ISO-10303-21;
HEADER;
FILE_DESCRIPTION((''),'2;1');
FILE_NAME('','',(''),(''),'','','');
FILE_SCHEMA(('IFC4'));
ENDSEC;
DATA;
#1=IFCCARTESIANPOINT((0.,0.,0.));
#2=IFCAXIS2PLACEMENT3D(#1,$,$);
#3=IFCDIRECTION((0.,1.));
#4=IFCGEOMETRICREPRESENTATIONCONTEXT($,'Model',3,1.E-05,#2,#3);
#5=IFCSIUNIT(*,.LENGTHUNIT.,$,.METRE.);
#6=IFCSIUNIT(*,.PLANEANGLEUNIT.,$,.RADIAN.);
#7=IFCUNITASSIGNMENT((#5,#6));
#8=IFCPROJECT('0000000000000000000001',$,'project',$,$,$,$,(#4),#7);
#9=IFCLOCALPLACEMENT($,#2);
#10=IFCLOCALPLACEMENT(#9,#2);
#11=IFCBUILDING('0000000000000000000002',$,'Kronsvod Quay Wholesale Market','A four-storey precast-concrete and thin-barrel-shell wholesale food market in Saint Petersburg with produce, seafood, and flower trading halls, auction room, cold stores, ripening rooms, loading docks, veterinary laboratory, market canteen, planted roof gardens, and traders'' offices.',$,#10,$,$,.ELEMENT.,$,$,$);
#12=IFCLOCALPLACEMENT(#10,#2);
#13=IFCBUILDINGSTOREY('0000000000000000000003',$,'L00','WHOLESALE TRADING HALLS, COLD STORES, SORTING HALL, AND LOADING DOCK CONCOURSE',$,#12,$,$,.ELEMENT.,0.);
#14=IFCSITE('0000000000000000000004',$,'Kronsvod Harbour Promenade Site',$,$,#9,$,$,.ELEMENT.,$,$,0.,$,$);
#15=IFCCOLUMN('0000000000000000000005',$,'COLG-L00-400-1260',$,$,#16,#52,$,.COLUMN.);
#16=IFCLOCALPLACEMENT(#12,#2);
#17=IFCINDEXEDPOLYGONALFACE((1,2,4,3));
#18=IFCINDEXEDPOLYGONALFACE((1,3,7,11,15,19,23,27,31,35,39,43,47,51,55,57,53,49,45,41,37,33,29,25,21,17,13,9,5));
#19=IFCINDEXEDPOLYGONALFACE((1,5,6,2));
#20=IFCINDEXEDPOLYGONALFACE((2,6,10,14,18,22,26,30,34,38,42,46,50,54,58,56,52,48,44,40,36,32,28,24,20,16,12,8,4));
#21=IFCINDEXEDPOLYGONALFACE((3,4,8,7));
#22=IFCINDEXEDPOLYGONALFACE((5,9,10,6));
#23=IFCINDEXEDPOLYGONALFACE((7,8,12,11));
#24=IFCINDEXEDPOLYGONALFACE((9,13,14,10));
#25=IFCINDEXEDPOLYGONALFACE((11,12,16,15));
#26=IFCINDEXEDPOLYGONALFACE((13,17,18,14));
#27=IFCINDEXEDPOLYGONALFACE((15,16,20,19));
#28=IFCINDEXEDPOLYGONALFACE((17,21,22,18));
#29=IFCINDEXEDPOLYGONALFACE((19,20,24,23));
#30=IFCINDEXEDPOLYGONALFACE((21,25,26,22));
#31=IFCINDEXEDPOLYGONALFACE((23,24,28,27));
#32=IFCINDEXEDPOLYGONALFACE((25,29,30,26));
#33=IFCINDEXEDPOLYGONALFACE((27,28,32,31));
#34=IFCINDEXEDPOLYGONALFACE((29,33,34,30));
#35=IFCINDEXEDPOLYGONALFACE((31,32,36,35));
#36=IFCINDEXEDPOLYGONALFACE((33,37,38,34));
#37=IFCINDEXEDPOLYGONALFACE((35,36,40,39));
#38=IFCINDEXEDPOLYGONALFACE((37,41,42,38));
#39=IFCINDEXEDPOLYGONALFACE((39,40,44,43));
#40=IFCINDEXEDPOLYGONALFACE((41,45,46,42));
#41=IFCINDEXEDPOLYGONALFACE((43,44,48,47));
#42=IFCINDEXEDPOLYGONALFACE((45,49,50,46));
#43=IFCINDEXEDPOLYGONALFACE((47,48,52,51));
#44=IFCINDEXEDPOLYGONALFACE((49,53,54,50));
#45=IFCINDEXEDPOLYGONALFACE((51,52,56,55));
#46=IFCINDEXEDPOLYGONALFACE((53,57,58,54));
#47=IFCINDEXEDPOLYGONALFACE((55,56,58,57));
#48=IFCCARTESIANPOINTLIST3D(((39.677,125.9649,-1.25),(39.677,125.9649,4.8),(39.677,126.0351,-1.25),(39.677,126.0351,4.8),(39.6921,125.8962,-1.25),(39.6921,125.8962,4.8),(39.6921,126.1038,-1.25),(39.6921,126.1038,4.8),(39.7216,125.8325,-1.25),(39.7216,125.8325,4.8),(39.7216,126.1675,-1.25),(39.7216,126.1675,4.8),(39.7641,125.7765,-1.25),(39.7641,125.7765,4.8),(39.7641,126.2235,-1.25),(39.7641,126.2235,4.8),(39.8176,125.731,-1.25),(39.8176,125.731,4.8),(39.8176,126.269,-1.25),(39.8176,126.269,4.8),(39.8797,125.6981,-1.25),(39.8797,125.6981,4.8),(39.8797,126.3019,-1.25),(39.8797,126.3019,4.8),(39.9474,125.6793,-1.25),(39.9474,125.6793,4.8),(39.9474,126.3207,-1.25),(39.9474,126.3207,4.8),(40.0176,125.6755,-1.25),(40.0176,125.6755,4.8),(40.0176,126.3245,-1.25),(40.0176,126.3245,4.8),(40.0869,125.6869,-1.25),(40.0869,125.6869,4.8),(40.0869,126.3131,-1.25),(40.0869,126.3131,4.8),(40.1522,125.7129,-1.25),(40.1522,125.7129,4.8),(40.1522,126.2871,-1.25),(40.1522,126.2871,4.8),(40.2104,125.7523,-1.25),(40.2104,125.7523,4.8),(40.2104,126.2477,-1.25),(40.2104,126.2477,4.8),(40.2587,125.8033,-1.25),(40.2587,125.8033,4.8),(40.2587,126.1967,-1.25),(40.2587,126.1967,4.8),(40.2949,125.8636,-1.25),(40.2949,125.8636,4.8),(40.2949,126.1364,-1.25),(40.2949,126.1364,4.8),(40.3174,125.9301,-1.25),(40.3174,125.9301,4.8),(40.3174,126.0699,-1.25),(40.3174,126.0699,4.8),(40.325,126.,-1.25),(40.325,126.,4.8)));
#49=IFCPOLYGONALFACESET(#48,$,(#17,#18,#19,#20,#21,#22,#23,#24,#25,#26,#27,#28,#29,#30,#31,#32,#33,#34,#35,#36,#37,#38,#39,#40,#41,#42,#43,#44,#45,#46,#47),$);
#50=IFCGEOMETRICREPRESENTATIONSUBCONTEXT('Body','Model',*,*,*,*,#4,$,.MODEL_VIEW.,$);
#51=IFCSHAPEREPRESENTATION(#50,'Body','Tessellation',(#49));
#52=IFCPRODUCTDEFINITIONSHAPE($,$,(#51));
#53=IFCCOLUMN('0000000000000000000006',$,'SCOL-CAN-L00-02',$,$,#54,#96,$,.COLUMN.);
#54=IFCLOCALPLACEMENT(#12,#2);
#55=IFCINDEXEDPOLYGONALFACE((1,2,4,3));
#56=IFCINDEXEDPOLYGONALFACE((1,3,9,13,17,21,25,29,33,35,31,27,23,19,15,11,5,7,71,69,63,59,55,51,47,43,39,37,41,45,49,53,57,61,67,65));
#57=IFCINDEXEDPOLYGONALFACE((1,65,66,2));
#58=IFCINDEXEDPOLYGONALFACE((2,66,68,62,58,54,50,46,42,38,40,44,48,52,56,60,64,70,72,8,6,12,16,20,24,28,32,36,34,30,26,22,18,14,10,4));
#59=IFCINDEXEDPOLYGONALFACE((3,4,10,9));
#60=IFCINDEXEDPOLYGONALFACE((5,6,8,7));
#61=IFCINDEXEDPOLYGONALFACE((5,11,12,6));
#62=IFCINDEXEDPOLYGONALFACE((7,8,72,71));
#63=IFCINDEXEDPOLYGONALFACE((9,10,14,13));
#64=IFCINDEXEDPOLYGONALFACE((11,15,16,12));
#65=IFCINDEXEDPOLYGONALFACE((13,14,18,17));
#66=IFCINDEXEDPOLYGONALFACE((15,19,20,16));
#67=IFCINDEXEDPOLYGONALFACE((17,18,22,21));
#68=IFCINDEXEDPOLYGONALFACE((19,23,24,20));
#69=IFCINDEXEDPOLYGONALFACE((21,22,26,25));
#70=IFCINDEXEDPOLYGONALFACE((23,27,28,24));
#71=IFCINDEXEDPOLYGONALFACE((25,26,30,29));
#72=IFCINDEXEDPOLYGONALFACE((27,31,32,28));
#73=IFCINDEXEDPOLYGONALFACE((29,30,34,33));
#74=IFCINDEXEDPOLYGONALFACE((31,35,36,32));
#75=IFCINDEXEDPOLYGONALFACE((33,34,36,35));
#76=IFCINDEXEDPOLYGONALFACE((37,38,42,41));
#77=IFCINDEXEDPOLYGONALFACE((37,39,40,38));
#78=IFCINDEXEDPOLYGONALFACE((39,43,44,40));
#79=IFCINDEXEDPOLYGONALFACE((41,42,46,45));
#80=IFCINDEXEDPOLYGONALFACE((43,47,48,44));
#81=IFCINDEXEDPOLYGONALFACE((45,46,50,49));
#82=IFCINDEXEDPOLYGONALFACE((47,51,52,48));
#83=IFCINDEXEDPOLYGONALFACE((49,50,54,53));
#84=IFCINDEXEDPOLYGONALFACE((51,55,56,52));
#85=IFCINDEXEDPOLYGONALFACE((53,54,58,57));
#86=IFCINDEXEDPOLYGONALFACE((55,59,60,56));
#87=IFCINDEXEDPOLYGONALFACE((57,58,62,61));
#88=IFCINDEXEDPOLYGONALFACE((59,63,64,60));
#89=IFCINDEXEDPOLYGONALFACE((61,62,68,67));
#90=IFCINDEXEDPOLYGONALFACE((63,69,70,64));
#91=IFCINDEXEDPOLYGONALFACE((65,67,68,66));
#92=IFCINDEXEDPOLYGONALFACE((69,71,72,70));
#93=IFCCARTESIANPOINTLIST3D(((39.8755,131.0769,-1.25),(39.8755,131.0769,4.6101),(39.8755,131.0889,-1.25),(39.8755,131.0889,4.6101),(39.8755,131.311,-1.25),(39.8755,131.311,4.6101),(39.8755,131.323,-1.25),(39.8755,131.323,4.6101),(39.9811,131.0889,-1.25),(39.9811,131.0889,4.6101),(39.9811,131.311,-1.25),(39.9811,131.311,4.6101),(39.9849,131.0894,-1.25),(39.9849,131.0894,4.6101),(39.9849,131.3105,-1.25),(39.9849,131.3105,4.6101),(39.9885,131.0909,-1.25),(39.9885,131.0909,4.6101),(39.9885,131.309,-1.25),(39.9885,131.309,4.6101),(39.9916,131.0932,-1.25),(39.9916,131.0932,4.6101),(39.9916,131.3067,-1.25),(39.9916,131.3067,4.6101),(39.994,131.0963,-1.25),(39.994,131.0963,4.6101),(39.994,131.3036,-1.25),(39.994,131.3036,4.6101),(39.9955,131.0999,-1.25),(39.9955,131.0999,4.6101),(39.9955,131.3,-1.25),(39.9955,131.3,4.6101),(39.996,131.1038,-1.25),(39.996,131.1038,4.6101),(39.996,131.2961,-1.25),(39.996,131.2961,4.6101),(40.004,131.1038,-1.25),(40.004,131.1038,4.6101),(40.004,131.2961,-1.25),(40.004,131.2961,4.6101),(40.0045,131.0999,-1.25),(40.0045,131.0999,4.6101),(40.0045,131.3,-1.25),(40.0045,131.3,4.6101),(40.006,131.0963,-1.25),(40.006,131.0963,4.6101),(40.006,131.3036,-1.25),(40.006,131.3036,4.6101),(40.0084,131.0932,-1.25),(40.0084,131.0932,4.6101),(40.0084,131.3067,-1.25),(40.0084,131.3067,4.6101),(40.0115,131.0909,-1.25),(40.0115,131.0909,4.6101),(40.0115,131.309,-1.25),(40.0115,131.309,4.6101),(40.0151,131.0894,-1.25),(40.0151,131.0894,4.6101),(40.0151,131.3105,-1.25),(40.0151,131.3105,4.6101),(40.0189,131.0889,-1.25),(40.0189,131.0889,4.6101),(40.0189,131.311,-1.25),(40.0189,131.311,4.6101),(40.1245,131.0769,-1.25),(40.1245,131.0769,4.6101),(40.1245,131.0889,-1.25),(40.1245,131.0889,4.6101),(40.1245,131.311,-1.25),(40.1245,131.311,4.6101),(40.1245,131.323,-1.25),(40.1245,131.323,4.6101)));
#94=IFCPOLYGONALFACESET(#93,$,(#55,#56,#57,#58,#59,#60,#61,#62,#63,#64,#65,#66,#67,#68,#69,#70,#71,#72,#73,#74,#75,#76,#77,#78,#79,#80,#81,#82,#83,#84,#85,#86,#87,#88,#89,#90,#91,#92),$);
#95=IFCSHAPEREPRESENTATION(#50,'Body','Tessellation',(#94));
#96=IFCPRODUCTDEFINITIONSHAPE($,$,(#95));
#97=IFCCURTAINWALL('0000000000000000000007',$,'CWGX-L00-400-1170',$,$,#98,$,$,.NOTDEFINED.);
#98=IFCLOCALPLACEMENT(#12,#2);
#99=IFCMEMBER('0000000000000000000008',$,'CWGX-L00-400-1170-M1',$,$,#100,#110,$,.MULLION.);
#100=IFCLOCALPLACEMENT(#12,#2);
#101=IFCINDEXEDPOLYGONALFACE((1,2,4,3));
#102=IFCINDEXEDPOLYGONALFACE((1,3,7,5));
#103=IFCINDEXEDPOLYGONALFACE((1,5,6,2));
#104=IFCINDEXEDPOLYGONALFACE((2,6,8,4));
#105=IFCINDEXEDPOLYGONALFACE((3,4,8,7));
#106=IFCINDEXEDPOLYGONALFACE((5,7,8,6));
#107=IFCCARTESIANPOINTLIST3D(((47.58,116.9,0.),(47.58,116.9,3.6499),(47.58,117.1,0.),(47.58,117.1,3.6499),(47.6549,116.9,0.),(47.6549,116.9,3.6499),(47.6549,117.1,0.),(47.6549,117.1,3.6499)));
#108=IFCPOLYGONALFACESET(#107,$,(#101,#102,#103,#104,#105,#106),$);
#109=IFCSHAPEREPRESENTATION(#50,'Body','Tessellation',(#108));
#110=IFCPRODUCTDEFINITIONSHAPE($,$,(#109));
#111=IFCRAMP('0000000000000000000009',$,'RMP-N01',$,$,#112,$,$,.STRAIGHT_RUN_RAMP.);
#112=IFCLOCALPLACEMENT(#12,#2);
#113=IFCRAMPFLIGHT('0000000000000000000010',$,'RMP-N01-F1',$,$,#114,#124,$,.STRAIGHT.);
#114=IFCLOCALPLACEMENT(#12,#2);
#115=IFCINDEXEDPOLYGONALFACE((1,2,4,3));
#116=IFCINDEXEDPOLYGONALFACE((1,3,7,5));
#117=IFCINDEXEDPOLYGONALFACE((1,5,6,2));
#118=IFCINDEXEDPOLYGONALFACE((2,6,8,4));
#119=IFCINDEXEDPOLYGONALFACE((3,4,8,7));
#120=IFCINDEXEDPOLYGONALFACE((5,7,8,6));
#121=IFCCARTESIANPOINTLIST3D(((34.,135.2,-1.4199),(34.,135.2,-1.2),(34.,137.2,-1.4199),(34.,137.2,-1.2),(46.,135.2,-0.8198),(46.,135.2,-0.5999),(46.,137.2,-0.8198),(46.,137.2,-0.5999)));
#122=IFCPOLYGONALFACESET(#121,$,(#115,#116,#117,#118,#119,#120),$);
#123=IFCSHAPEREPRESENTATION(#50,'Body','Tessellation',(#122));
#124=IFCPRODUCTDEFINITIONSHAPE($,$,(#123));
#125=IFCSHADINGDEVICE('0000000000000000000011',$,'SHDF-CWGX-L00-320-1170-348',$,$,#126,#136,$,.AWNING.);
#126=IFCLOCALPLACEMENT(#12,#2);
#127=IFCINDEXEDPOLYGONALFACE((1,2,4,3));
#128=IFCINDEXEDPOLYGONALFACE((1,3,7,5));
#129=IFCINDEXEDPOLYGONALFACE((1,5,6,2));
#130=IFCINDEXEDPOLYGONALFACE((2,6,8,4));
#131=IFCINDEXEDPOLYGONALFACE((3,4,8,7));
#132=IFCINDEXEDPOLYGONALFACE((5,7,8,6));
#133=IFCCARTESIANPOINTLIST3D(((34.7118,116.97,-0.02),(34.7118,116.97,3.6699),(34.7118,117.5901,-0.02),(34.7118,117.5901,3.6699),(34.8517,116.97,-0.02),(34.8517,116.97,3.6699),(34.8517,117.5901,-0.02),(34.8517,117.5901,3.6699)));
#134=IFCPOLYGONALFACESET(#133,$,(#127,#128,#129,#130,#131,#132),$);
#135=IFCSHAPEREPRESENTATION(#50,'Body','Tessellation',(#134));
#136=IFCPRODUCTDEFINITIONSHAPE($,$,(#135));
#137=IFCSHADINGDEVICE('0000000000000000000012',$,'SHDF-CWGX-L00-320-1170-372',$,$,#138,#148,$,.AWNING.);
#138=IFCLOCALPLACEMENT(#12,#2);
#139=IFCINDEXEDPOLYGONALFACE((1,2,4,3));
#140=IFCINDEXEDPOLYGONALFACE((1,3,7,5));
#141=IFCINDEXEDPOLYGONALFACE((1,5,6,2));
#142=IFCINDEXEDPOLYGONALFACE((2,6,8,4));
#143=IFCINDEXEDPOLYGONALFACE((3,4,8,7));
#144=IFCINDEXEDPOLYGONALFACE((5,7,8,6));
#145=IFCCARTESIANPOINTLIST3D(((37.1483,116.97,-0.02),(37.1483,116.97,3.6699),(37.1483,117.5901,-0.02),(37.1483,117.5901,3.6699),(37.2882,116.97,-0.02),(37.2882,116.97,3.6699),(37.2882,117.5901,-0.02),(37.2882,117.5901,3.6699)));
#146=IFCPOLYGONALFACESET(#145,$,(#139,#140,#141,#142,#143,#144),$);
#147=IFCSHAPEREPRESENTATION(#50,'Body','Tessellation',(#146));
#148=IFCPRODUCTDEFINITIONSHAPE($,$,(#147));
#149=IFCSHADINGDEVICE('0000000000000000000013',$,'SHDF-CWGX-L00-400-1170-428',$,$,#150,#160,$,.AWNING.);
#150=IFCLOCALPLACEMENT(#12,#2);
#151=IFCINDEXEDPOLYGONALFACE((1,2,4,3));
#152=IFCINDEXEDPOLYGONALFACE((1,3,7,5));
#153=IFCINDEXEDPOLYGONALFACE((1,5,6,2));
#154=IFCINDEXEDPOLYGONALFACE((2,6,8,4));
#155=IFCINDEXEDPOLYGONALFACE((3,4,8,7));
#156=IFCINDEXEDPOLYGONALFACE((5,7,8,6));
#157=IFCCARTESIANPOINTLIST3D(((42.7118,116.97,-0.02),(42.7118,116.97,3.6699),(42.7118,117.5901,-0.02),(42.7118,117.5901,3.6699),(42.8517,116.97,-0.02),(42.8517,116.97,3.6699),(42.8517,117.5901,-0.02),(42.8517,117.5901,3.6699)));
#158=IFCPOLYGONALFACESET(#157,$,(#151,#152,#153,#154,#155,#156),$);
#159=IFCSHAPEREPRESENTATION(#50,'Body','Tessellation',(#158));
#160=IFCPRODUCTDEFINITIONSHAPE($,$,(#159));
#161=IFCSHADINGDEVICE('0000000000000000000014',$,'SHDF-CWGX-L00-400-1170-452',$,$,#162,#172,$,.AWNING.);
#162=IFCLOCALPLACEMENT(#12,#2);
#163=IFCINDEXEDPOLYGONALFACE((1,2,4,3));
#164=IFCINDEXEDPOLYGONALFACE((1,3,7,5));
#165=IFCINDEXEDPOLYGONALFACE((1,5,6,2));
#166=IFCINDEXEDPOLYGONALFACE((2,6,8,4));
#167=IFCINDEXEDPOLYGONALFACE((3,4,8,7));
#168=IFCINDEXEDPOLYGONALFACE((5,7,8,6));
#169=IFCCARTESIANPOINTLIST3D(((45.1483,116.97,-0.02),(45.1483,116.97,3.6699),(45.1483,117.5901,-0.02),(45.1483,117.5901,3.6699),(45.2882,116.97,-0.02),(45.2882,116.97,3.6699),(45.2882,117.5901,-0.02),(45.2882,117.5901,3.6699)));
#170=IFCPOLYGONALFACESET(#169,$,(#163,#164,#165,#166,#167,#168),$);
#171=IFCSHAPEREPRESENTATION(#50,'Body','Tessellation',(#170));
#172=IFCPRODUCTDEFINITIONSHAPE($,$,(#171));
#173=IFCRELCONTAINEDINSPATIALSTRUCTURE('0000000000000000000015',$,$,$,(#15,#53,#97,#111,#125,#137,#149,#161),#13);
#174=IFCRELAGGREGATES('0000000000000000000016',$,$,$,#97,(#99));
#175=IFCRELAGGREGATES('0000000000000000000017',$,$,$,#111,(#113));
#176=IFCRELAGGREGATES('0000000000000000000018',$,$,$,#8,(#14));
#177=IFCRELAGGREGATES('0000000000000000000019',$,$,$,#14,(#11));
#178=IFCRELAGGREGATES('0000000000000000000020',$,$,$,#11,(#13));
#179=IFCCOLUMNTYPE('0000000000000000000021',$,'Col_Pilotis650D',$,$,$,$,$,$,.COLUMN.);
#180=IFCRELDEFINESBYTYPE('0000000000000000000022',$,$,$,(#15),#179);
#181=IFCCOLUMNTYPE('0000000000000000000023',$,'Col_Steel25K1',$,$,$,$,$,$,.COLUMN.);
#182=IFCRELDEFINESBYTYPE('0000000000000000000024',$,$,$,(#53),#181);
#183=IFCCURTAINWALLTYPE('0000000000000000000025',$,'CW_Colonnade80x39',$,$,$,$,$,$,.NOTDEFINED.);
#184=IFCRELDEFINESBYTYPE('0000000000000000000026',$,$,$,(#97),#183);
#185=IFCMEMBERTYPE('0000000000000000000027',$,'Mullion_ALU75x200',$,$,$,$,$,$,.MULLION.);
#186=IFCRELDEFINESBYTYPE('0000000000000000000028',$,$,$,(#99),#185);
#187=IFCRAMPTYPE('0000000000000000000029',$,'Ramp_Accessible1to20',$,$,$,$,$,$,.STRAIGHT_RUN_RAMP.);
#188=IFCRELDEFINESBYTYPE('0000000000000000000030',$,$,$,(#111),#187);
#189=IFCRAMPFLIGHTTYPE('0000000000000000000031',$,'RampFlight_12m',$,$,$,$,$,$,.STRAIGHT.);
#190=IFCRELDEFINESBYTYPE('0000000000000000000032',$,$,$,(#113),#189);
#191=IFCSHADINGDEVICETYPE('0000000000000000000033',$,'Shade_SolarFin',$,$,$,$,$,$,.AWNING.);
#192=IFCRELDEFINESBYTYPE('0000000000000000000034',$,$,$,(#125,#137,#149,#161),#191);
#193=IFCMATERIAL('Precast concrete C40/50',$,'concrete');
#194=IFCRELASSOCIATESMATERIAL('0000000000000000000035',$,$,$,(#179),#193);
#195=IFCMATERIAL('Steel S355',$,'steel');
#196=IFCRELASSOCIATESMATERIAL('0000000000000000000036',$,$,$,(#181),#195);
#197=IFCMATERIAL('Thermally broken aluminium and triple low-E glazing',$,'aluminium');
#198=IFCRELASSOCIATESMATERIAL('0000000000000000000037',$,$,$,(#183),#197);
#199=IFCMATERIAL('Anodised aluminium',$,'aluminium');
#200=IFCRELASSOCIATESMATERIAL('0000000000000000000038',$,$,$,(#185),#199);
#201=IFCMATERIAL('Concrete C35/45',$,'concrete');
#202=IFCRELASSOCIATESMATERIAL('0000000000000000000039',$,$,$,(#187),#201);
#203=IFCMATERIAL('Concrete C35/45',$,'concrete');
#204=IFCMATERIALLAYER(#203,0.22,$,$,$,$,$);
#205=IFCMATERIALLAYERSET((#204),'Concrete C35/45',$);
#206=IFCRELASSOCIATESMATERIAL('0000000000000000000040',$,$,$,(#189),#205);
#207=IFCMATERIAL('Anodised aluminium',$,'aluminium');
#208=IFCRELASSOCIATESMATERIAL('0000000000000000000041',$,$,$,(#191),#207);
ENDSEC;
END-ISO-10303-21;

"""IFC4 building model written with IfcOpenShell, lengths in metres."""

from ifc_helpers import new_model, si_unit, direction, frame, origin, origin_2d, place, context, subcontext, project, spatial, polyline, rectangle, circle, i_section, outline, extrude, material, layer, layer_set, material_profile, profile_set, type_object, element, aggregate, save


model = new_model("IFC4")

# Units and contexts
model_context = context("Model", 3, precision=1e-05, world=origin(), true_north=direction((0.0, 1.0)))
body_context = subcontext(model_context, "Body", "Model", "MODEL_VIEW")
ifc_project = project(units=[si_unit("LENGTHUNIT", "METRE"), si_unit("PLANEANGLEUNIT", "RADIAN")], contexts=[model_context])

# Site, building, storey
site_placement = place(None, origin())
site = spatial("IfcSite", under=ifc_project, at=site_placement, Name="Kronsvod Harbour Promenade Site", CompositionType="ELEMENT", RefElevation=0.0)
building_placement = place(site_placement, origin())
building = spatial("IfcBuilding", under=site, at=building_placement, Name="Kronsvod Quay Wholesale Market", Description="A four-storey precast-concrete and thin-barrel-shell wholesale food market in Saint Petersburg with produce, seafood, and flower trading halls, auction room, cold stores, ripening rooms, loading docks, veterinary laboratory, market canteen, planted roof gardens, and traders' offices.", CompositionType="ELEMENT")
storey_placement = place(building_placement, origin())
storey = spatial("IfcBuildingStorey", under=building, at=storey_placement, Name="L00", Description="WHOLESALE TRADING HALLS, COLD STORES, SORTING HALL, AND LOADING DOCK CONCOURSE", CompositionType="ELEMENT", Elevation=0.0)

# Columns
ifc_material_1 = material(Name="Precast concrete C40/50", Category="concrete")
ifc_material_profile_1 = material_profile(ifc_material_1, circle(Radius=0.325, at=origin_2d()), Name="PCPIL650D")
ifc_profile_set_1 = profile_set([ifc_material_profile_1], Name="Precast concrete C40/50")
column_type_1 = type_object("IfcColumnType", Name="Col_Pilotis650D", PredefinedType="COLUMN", material=ifc_profile_set_1)
column_1_placement = place(storey_placement, frame((40.0, 126.0, -1.25), z_axis=(0.0, 0.0, 1.0), x_axis=(1.0, 0.0, 0.0)))
element("IfcColumn", 1, at=column_1_placement, inside=storey, type_object=column_type_1, Name="COLG-L00-400-1260", PredefinedType="COLUMN", context=body_context, shape_type="SweptSolid", body=[
    extrude(circle(Radius=0.325, at=origin_2d()), origin(), (0.0, 0.0, 1.0), 6.05),
])
ifc_material_2 = material(Name="Steel S355", Category="steel")
ifc_material_profile_2 = material_profile(ifc_material_2, i_section(OverallWidth=0.249, OverallDepth=0.2461, WebThickness=0.0081, FlangeThickness=0.012, FilletRadius=0.0149, at=origin_2d()), Name="25K1")
ifc_profile_set_2 = profile_set([ifc_material_profile_2], Name="Steel S355")
column_type_2 = type_object("IfcColumnType", Name="Col_Steel25K1", PredefinedType="COLUMN", material=ifc_profile_set_2)
column_2_placement = place(storey_placement, frame((40.0, 131.2, -1.25), z_axis=(0.0, 0.0, 1.0), x_axis=(1.0, 0.0, 0.0)))
element("IfcColumn", 2, at=column_2_placement, inside=storey, type_object=column_type_2, Name="SCOL-CAN-L00-02", PredefinedType="COLUMN", context=body_context, shape_type="SweptSolid", body=[
    extrude(i_section(OverallWidth=0.249, OverallDepth=0.2461, WebThickness=0.0081, FlangeThickness=0.012, FilletRadius=0.0149, at=origin_2d()), origin(), (0.0, 0.0, 1.0), 5.8601),
])

# Curtain wall, member
ifc_material_3 = material(Name="Thermally broken aluminium and triple low-E glazing", Category="aluminium")
curtain_wall_type = type_object("IfcCurtainWallType", Name="CW_Colonnade80x39", PredefinedType="NOTDEFINED", material=ifc_material_3)
curtain_wall_placement = place(storey_placement, origin())
curtain_wall = element("IfcCurtainWall", 3, at=curtain_wall_placement, inside=storey, type_object=curtain_wall_type, Name="CWGX-L00-400-1170", PredefinedType="NOTDEFINED")
ifc_material_4 = material(Name="Anodised aluminium", Category="aluminium")
ifc_material_profile_3 = material_profile(ifc_material_4, rectangle(XDim=0.075, YDim=0.2, at=origin_2d()), Name="ALUM75x200")
ifc_profile_set_3 = profile_set([ifc_material_profile_3], Name="Anodised aluminium")
member_type = type_object("IfcMemberType", Name="Mullion_ALU75x200", PredefinedType="MULLION", material=ifc_profile_set_3)
member_placement = place(storey_placement, frame((47.6174, 117.0, 0.0), z_axis=(0.0, 0.0, 1.0), x_axis=(1.0, 0.0, 0.0)))
member = element("IfcMember", 4, at=member_placement, type_object=member_type, Name="CWGX-L00-400-1170-M1", PredefinedType="MULLION", context=body_context, shape_type="SweptSolid", body=[
    extrude(rectangle(XDim=0.075, YDim=0.2, at=origin_2d()), origin(), (0.0, 0.0, 1.0), 3.6499),
])
aggregate(curtain_wall, [member])

# Ramp, ramp flight
ifc_material_5 = material(Name="Concrete C35/45", Category="concrete")
ramp_type = type_object("IfcRampType", Name="Ramp_Accessible1to20", PredefinedType="STRAIGHT_RUN_RAMP", material=ifc_material_5)
ramp_placement = place(storey_placement, origin())
ramp = element("IfcRamp", 5, at=ramp_placement, inside=storey, type_object=ramp_type, Name="RMP-N01", PredefinedType="STRAIGHT_RUN_RAMP")
ifc_material_6 = material(Name="Concrete C35/45", Category="concrete")
ifc_layer = layer(ifc_material_6, 0.22)
ifc_layer_set = layer_set([ifc_layer], Name="Concrete C35/45")
ramp_flight_type = type_object("IfcRampFlightType", Name="RampFlight_12m", PredefinedType="STRAIGHT", material=ifc_layer_set)
ramp_flight_placement = place(storey_placement, frame((34.0, 136.2, -1.2), z_axis=(0.0, 0.0, 1.0), x_axis=(1.0, 0.0, 0.0)))
ramp_flight = element("IfcRampFlight", 6, at=ramp_flight_placement, type_object=ramp_flight_type, Name="RMP-N01-F1", PredefinedType="STRAIGHT", context=body_context, shape_type="SweptSolid", body=[
    extrude(outline(polyline([(0.0, 0.0), (0.0, -0.22), (12.0, 0.3801), (12.0, 0.6001), (0.0, 0.0)])), frame((0.0, 1.0, 0.0), z_axis=(0.0, -1.0, 0.0), x_axis=(1.0, 0.0, 0.0)), (0.0, 0.0, 1.0), 2.0),
])
aggregate(ramp, [ramp_flight])

# Shading devices
ifc_material_7 = material(Name="Anodised aluminium", Category="aluminium")
shading_device_type = type_object("IfcShadingDeviceType", Name="Shade_SolarFin", PredefinedType="AWNING", material=ifc_material_7)
for number, where, z_axis, x_axis, name in (
    (7, (34.7817, 117.28, -0.02), (0.0, 0.0, 1.0), (1.0, 0.0, 0.0), "SHDF-CWGX-L00-320-1170-348"),
    (8, (37.2183, 117.28, -0.02), (0.0, 0.0, 1.0), (1.0, 0.0, 0.0), "SHDF-CWGX-L00-320-1170-372"),
    (9, (42.7817, 117.28, -0.02), (0.0, 0.0, 1.0), (1.0, 0.0, 0.0), "SHDF-CWGX-L00-400-1170-428"),
    (10, (45.2183, 117.28, -0.02), (0.0, 0.0, 1.0), (1.0, 0.0, 0.0), "SHDF-CWGX-L00-400-1170-452"),
):
    element("IfcShadingDevice", number, at=place(storey_placement, frame(where, z_axis=z_axis, x_axis=x_axis)), inside=storey, type_object=shading_device_type, Name=name, PredefinedType="AWNING", context=body_context, shape_type="SweptSolid", body=[
        extrude(rectangle(XDim=0.1399, YDim=0.6201, at=origin_2d()), origin(), (0.0, 0.0, 1.0), 3.6899),
    ])

save(model, "model.ifc")
